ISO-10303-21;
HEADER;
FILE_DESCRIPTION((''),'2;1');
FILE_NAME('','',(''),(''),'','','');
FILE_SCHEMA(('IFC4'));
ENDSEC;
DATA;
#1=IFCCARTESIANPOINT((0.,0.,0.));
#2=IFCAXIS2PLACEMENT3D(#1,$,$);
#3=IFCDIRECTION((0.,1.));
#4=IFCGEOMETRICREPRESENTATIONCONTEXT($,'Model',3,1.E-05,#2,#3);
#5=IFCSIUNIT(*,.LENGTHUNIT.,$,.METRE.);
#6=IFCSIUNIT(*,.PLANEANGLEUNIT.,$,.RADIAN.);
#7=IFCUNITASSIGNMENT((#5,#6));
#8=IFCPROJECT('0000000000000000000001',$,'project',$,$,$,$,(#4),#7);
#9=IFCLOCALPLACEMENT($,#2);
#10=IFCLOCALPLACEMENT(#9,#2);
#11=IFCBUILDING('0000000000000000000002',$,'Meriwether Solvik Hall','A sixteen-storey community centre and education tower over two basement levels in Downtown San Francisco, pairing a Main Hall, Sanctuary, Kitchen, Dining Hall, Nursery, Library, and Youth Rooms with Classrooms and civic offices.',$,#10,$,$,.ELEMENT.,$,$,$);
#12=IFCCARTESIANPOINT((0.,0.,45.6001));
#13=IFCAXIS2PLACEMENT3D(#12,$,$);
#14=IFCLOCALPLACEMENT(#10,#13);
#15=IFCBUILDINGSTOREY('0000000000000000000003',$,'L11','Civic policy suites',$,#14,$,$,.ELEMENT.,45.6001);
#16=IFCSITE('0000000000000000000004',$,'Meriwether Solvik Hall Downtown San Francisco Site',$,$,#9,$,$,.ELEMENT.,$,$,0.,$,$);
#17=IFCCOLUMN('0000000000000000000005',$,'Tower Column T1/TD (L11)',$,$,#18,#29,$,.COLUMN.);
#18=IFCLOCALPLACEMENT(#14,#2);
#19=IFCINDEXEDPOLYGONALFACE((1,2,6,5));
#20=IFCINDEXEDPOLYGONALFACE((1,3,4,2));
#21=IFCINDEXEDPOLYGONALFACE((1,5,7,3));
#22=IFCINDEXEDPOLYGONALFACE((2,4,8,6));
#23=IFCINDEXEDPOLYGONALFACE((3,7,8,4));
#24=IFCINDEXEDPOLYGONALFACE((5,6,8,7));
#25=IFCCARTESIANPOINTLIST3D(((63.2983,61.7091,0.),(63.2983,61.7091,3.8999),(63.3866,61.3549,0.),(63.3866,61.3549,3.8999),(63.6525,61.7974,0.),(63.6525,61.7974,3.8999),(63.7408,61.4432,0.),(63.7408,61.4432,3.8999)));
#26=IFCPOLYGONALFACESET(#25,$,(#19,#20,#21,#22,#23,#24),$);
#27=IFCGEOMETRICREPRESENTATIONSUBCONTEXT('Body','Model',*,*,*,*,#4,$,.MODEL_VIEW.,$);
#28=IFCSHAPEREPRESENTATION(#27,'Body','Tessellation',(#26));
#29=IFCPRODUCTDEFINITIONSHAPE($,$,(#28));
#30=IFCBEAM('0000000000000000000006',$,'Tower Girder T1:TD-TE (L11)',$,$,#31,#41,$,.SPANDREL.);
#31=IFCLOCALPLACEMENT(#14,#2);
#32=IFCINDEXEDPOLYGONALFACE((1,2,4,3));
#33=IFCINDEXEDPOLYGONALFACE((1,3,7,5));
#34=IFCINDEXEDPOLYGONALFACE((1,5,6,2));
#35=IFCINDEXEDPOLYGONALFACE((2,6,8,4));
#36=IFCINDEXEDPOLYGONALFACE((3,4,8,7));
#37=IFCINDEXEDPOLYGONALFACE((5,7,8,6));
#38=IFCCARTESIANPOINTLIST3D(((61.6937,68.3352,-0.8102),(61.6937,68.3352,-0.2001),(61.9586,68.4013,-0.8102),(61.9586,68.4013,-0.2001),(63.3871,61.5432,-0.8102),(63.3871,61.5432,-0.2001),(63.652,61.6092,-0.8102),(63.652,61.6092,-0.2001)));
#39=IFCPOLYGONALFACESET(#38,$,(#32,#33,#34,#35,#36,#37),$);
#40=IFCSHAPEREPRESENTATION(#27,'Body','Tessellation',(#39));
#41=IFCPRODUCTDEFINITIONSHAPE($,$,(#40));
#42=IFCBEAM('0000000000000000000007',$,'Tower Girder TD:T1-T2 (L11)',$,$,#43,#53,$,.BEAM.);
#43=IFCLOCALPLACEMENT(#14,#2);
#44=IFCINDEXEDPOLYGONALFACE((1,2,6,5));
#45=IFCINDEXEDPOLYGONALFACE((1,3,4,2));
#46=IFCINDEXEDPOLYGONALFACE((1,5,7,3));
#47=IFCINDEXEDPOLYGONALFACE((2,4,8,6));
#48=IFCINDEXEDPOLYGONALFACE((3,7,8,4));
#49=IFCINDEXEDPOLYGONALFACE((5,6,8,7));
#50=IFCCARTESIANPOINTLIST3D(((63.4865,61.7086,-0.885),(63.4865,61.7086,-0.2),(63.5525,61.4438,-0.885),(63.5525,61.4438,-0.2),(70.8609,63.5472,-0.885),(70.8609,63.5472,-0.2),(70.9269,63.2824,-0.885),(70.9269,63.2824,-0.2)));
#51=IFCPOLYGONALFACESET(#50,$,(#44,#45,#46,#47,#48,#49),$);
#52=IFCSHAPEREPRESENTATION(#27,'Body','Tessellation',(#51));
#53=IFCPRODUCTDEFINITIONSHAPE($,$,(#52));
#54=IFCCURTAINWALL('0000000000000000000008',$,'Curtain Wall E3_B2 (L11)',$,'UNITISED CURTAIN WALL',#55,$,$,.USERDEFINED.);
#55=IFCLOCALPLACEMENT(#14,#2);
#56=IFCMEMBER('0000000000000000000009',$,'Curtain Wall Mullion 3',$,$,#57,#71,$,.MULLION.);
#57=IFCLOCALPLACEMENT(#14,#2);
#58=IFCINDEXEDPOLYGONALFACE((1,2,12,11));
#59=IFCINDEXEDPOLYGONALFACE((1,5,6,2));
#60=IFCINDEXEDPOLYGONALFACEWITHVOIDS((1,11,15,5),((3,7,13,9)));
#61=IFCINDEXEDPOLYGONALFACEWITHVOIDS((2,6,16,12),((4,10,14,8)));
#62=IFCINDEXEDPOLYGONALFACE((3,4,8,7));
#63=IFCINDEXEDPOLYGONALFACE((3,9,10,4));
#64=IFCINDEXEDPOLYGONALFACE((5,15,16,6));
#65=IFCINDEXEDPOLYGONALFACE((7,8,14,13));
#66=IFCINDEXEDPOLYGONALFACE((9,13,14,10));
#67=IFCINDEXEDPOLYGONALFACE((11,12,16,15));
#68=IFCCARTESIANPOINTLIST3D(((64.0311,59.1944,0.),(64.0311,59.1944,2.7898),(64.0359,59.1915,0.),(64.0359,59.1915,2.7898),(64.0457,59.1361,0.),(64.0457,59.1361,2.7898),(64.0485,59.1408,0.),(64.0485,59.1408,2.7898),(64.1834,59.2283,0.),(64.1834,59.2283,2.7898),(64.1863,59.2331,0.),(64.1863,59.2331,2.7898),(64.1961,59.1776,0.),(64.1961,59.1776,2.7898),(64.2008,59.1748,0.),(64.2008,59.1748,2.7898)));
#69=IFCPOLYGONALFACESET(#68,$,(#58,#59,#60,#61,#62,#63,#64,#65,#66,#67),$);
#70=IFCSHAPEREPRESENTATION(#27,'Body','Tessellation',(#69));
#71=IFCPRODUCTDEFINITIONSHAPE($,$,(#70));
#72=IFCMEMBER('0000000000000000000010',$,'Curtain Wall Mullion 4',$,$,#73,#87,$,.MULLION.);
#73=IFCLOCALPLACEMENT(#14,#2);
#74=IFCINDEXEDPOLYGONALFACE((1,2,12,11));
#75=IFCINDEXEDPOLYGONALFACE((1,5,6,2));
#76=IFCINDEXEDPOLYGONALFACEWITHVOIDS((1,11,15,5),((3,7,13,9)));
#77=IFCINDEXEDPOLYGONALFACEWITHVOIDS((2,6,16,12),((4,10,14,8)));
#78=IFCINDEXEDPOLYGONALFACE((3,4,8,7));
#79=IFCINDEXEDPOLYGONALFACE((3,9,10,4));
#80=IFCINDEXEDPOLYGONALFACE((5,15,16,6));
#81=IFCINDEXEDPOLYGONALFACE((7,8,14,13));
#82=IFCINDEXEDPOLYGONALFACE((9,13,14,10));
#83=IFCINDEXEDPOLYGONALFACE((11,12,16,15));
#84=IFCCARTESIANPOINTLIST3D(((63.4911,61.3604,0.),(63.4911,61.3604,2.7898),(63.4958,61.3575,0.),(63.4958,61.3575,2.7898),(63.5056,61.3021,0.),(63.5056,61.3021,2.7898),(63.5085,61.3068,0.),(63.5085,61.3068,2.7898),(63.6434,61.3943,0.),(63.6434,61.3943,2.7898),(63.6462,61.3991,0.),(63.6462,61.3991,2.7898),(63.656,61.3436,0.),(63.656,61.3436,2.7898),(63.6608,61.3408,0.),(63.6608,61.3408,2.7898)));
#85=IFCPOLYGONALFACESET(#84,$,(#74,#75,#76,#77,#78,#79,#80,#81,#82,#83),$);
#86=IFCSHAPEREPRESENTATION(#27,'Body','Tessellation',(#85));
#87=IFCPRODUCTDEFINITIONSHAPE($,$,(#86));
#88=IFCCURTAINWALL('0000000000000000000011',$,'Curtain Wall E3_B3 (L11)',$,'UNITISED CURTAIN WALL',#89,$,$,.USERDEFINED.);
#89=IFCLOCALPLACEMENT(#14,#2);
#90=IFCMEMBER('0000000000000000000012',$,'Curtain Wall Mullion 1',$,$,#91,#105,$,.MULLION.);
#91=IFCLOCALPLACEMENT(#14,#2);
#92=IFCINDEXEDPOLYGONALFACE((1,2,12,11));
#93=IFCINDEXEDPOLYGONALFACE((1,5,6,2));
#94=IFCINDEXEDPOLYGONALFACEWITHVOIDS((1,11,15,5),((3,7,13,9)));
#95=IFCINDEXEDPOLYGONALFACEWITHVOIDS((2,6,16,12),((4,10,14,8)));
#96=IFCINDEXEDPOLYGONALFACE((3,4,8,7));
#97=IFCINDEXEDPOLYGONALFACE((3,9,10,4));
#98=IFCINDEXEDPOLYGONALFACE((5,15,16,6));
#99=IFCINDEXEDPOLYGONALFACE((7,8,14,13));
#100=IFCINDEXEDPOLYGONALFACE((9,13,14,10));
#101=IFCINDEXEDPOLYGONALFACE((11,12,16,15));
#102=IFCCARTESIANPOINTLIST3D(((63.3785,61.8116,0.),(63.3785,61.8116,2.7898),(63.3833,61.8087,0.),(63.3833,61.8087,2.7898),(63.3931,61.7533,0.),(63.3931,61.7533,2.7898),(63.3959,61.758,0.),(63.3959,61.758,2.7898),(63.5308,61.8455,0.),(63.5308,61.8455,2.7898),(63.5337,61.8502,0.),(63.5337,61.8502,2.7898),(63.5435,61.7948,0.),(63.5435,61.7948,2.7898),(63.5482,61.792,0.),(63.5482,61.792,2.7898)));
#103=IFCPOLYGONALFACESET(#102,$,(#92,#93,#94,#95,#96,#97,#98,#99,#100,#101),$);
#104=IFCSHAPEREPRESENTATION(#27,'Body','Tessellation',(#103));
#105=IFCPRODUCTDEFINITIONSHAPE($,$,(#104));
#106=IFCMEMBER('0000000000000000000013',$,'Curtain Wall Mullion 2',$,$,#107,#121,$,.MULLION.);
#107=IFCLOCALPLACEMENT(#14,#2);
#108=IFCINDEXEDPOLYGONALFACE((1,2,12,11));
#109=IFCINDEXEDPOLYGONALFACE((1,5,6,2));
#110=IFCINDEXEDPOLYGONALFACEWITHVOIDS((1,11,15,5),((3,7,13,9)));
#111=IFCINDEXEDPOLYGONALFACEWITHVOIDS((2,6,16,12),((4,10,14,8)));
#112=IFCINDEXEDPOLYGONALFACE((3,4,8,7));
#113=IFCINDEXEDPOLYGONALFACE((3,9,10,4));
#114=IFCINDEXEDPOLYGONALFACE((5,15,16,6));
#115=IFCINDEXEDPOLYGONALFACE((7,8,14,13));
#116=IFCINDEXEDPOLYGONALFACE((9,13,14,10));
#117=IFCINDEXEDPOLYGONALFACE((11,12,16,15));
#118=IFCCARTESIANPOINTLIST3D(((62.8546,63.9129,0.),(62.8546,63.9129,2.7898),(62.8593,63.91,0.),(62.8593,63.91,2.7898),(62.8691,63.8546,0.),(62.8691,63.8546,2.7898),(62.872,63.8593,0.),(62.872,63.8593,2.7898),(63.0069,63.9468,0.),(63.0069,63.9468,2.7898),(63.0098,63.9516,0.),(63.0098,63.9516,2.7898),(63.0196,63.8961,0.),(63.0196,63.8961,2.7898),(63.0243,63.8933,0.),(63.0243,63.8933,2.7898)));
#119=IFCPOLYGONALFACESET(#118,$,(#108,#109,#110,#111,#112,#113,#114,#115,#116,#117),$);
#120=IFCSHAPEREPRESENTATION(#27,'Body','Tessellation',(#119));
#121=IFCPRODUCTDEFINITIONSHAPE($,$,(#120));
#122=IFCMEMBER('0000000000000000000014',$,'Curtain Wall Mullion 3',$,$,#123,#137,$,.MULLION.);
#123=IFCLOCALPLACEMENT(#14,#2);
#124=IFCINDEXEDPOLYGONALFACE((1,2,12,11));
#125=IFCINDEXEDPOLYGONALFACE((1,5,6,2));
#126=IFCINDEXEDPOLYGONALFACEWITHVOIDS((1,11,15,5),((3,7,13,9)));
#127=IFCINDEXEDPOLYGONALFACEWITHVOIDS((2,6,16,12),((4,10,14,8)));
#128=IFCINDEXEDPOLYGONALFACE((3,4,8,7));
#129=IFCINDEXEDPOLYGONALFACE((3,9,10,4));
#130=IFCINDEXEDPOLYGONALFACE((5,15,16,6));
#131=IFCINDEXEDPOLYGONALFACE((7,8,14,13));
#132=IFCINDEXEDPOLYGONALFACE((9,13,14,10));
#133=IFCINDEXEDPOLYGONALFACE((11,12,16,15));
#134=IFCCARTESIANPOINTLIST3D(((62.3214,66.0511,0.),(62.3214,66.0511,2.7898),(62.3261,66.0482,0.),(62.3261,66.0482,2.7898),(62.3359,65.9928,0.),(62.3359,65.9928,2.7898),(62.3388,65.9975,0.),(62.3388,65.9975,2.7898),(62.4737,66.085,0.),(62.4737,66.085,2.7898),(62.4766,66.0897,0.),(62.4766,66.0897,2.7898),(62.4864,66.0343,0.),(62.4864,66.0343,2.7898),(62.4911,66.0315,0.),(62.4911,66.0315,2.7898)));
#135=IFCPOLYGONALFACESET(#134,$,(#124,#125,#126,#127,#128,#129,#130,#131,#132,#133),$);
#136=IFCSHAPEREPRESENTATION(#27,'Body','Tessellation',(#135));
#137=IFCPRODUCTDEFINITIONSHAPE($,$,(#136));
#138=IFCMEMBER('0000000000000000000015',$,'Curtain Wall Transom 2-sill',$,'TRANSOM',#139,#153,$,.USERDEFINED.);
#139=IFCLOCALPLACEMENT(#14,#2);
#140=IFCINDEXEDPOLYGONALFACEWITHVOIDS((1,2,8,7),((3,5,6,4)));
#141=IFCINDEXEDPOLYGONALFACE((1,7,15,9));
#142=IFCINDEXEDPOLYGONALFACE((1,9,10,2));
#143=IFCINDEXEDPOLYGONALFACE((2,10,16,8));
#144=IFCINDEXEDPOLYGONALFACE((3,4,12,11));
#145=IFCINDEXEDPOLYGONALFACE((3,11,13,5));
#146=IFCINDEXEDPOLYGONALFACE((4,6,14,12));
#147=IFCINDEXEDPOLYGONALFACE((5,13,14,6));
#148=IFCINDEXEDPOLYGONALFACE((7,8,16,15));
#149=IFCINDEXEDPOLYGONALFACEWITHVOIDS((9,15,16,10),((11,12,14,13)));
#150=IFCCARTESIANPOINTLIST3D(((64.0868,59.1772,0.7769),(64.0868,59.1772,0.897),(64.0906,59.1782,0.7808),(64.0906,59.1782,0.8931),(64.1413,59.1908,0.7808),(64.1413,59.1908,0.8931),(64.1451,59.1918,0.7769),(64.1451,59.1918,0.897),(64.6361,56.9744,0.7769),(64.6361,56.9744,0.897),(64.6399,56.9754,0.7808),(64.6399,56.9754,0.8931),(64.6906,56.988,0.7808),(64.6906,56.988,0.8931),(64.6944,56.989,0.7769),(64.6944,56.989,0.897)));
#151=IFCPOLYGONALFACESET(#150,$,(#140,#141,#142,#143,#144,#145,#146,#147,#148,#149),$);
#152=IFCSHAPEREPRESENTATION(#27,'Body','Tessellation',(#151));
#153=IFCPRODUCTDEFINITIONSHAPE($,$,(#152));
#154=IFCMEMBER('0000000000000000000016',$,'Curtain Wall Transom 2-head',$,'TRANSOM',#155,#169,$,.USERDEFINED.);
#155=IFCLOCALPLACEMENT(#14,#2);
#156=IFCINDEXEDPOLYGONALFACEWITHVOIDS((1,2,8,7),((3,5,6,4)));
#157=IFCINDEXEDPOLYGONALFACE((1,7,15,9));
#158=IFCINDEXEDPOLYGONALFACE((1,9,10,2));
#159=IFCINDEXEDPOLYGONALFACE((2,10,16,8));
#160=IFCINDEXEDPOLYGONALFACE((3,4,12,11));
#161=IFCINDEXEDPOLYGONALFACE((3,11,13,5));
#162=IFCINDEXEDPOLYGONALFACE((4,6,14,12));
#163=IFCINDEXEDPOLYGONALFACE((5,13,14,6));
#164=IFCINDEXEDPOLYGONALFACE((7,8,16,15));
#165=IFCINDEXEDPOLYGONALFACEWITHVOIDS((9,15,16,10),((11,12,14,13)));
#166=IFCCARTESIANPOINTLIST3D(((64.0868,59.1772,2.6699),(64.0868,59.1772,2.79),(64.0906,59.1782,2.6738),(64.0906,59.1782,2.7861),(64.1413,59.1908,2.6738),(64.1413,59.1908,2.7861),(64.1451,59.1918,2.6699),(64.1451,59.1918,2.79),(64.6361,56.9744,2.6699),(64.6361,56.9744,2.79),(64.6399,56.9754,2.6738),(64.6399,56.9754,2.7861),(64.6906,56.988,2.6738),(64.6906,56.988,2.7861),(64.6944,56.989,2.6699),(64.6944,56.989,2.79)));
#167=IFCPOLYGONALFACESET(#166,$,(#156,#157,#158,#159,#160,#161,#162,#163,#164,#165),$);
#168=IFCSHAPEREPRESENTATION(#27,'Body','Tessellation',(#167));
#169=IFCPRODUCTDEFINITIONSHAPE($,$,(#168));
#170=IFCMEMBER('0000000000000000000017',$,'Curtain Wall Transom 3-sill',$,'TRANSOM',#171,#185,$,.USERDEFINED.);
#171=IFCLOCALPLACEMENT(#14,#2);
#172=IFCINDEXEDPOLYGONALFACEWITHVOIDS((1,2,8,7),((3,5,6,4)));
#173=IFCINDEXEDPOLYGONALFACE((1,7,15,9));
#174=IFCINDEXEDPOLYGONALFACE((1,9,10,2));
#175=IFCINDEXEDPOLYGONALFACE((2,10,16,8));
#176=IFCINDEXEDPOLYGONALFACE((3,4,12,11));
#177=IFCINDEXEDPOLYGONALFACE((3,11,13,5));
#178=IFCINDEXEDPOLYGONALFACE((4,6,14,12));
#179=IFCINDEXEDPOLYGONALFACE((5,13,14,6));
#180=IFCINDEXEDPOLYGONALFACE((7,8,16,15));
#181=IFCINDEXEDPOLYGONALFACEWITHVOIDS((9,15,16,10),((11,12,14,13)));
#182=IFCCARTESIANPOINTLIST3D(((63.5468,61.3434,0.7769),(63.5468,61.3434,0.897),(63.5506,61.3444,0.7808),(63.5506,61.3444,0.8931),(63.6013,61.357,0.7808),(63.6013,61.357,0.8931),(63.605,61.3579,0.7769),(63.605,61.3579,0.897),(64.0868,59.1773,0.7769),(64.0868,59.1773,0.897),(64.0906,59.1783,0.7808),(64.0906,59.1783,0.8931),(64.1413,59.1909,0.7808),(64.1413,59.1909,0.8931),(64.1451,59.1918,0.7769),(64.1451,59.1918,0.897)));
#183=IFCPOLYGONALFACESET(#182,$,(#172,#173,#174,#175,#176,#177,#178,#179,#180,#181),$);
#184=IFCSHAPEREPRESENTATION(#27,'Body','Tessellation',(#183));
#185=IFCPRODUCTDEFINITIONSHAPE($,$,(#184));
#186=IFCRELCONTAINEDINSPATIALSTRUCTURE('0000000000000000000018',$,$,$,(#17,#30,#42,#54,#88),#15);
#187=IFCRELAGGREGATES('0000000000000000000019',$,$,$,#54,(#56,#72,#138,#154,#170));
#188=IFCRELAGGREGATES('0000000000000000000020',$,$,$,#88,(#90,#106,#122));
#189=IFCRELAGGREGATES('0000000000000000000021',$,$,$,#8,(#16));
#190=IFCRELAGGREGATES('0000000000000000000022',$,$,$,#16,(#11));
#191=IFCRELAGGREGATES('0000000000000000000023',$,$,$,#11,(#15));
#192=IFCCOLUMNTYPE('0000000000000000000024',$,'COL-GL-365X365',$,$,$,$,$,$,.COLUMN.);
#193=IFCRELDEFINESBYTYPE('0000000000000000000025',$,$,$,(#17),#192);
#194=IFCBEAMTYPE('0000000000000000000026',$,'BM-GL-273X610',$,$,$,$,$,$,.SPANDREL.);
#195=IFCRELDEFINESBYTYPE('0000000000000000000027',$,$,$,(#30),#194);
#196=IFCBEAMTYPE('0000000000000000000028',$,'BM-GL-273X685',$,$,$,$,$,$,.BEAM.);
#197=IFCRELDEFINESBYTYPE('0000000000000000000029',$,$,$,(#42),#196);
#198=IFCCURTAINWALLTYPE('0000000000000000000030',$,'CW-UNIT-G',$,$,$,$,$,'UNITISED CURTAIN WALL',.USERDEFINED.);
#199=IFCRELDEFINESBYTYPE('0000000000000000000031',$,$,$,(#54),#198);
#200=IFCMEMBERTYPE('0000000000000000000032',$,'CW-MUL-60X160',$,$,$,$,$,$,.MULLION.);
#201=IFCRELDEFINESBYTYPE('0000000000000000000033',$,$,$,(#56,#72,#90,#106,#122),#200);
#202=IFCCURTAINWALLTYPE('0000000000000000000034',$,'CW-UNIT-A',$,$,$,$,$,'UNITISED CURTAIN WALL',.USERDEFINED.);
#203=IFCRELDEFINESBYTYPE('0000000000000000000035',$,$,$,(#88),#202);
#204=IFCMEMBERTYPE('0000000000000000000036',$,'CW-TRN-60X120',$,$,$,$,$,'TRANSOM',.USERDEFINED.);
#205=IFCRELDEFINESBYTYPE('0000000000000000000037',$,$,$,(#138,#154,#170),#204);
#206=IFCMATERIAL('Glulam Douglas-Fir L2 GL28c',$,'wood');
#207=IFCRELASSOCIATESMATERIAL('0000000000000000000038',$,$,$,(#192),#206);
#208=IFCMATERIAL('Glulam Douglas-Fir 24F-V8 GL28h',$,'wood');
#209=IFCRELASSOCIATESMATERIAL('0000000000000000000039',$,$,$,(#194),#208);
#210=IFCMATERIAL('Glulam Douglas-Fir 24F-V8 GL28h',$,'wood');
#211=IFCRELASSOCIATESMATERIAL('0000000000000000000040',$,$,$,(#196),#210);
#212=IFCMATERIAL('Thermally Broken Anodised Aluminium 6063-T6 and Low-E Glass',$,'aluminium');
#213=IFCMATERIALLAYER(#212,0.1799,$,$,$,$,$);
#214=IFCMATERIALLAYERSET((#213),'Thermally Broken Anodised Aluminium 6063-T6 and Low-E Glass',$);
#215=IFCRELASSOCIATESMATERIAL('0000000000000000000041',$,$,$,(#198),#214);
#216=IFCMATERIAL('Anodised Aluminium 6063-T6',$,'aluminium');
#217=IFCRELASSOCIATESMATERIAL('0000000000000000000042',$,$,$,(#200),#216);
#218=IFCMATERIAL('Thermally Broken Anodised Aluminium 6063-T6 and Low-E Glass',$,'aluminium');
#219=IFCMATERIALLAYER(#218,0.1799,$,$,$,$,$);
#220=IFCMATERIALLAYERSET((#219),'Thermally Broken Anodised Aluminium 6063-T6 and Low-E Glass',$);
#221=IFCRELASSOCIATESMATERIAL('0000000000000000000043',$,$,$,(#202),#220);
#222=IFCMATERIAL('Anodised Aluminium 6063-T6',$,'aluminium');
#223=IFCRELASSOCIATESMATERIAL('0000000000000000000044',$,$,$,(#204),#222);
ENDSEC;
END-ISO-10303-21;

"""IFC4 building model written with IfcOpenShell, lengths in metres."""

from ifc_helpers import new_model, si_unit, direction, frame, origin, origin_2d, place, context, subcontext, project, spatial, rectangle, hollow_rectangle, extrude, material, layer, layer_set, material_profile, profile_set, type_object, element, aggregate, save


model = new_model("IFC4")

# Units and contexts
model_context = context("Model", 3, precision=1e-05, world=origin(), true_north=direction((0.0, 1.0)))
body_context = subcontext(model_context, "Body", "Model", "MODEL_VIEW")
ifc_project = project(units=[si_unit("LENGTHUNIT", "METRE"), si_unit("PLANEANGLEUNIT", "RADIAN")], contexts=[model_context])

# Site, building, storey
site_placement = place(None, origin())
site = spatial("IfcSite", under=ifc_project, at=site_placement, Name="Meriwether Solvik Hall Downtown San Francisco Site", CompositionType="ELEMENT", RefElevation=0.0)
building_placement = place(site_placement, origin())
building = spatial("IfcBuilding", under=site, at=building_placement, Name="Meriwether Solvik Hall", Description="A sixteen-storey community centre and education tower over two basement levels in Downtown San Francisco, pairing a Main Hall, Sanctuary, Kitchen, Dining Hall, Nursery, Library, and Youth Rooms with Classrooms and civic offices.", CompositionType="ELEMENT")
storey_placement = place(building_placement, frame((0.0, 0.0, 45.6001)))
storey = spatial("IfcBuildingStorey", under=building, at=storey_placement, Name="L11", Description="Civic policy suites", CompositionType="ELEMENT", Elevation=45.6001)

# Column
ifc_material_1 = material(Name="Glulam Douglas-Fir L2 GL28c", Category="wood")
ifc_material_profile_1 = material_profile(ifc_material_1, rectangle(XDim=0.365, YDim=0.365, at=origin_2d()), Name="GLC-365X365")
ifc_profile_set_1 = profile_set([ifc_material_profile_1], Name="Glulam Douglas-Fir L2 GL28c")
column_type = type_object("IfcColumnType", Name="COL-GL-365X365", PredefinedType="COLUMN", material=ifc_profile_set_1)
column_placement = place(storey_placement, frame((63.5195, 61.5762, 0.0), z_axis=(0.0, 0.0, 1.0), x_axis=(0.970296, 0.241922, 0.0)))
element("IfcColumn", 1, at=column_placement, inside=storey, type_object=column_type, Name="Tower Column T1/TD (L11)", PredefinedType="COLUMN", context=body_context, shape_type="SweptSolid", body=[
    extrude(rectangle(XDim=0.365, YDim=0.365, at=origin_2d()), origin(), (0.0, 0.0, 1.0), 3.8999),
])

# Beams
ifc_material_2 = material(Name="Glulam Douglas-Fir 24F-V8 GL28h", Category="wood")
ifc_material_profile_2 = material_profile(ifc_material_2, rectangle(XDim=0.2729, YDim=0.6101, at=origin_2d()), Name="GLB-273X610")
ifc_profile_set_2 = profile_set([ifc_material_profile_2], Name="Glulam Douglas-Fir 24F-V8 GL28h")
beam_type_1 = type_object("IfcBeamType", Name="BM-GL-273X610", PredefinedType="SPANDREL", material=ifc_profile_set_2)
beam_1_placement = place(storey_placement, frame((63.5195, 61.5762, -0.5051), z_axis=(-0.241912, 0.970298, 0.0), x_axis=(-0.970298, -0.241912, 0.0)))
element("IfcBeam", 2, at=beam_1_placement, inside=storey, type_object=beam_type_1, Name="Tower Girder T1:TD-TE (L11)", PredefinedType="SPANDREL", context=body_context, shape_type="SweptSolid", body=[
    extrude(rectangle(XDim=0.2729, YDim=0.6101, at=origin_2d()), origin(), (0.0, 0.0, 1.0), 7.0),
])
ifc_material_3 = material(Name="Glulam Douglas-Fir 24F-V8 GL28h", Category="wood")
ifc_material_profile_3 = material_profile(ifc_material_3, rectangle(XDim=0.2729, YDim=0.6851, at=origin_2d()), Name="GLB-273X685")
ifc_profile_set_3 = profile_set([ifc_material_profile_3], Name="Glulam Douglas-Fir 24F-V8 GL28h")
beam_type_2 = type_object("IfcBeamType", Name="BM-GL-273X685", PredefinedType="BEAM", material=ifc_profile_set_3)
beam_2_placement = place(storey_placement, frame((63.5195, 61.5762, -0.5425), z_axis=(0.970295, 0.241923, 0.0), x_axis=(-0.241923, 0.970295, 0.0)))
element("IfcBeam", 3, at=beam_2_placement, inside=storey, type_object=beam_type_2, Name="Tower Girder TD:T1-T2 (L11)", PredefinedType="BEAM", context=body_context, shape_type="SweptSolid", body=[
    extrude(rectangle(XDim=0.2729, YDim=0.6851, at=origin_2d()), origin(), (0.0, 0.0, 1.0), 7.6001),
])

# Curtain walls, members
ifc_material_4 = material(Name="Thermally Broken Anodised Aluminium 6063-T6 and Low-E Glass", Category="aluminium")
ifc_layer_1 = layer(ifc_material_4, 0.1799)
ifc_layer_set_1 = layer_set([ifc_layer_1], Name="Thermally Broken Anodised Aluminium 6063-T6 and Low-E Glass")
curtain_wall_type_1 = type_object("IfcCurtainWallType", Name="CW-UNIT-G", ElementType="UNITISED CURTAIN WALL", PredefinedType="USERDEFINED", material=ifc_layer_set_1)
curtain_wall_1_placement = place(storey_placement, origin())
curtain_wall_1 = element("IfcCurtainWall", 4, at=curtain_wall_1_placement, inside=storey, type_object=curtain_wall_type_1, Name="Curtain Wall E3_B2 (L11)", ObjectType="UNITISED CURTAIN WALL", PredefinedType="USERDEFINED")
ifc_material_5 = material(Name="Anodised Aluminium 6063-T6", Category="aluminium")
ifc_material_profile_4 = material_profile(ifc_material_5, hollow_rectangle(XDim=0.0601, YDim=0.1599, WallThickness=0.0039, at=origin_2d()), Name="CWM-60X160")
ifc_profile_set_4 = profile_set([ifc_material_profile_4], Name="Anodised Aluminium 6063-T6")
member_type_1 = type_object("IfcMemberType", Name="CW-MUL-60X160", PredefinedType="MULLION", material=ifc_profile_set_4)
member_1_placement = place(storey_placement, frame((64.116, 59.1846, 0.0), z_axis=(0.0, 0.0, 1.0), x_axis=(-0.241922, 0.970296, 0.0)))
member_1 = element("IfcMember", 5, at=member_1_placement, type_object=member_type_1, Name="Curtain Wall Mullion 3", PredefinedType="MULLION", context=body_context, shape_type="SweptSolid", body=[
    extrude(hollow_rectangle(XDim=0.0601, YDim=0.1599, WallThickness=0.0039, at=origin_2d()), origin(), (0.0, 0.0, 1.0), 2.7898),
])
member_2_placement = place(storey_placement, frame((63.5759, 61.3506, 0.0), z_axis=(0.0, 0.0, 1.0), x_axis=(-0.241922, 0.970296, 0.0)))
member_2 = element("IfcMember", 6, at=member_2_placement, type_object=member_type_1, Name="Curtain Wall Mullion 4", PredefinedType="MULLION", context=body_context, shape_type="SweptSolid", body=[
    extrude(hollow_rectangle(XDim=0.0601, YDim=0.1599, WallThickness=0.0039, at=origin_2d()), origin(), (0.0, 0.0, 1.0), 2.7898),
])
ifc_material_6 = material(Name="Thermally Broken Anodised Aluminium 6063-T6 and Low-E Glass", Category="aluminium")
ifc_layer_2 = layer(ifc_material_6, 0.1799)
ifc_layer_set_2 = layer_set([ifc_layer_2], Name="Thermally Broken Anodised Aluminium 6063-T6 and Low-E Glass")
curtain_wall_type_2 = type_object("IfcCurtainWallType", Name="CW-UNIT-A", ElementType="UNITISED CURTAIN WALL", PredefinedType="USERDEFINED", material=ifc_layer_set_2)
curtain_wall_2_placement = place(storey_placement, origin())
curtain_wall_2 = element("IfcCurtainWall", 7, at=curtain_wall_2_placement, inside=storey, type_object=curtain_wall_type_2, Name="Curtain Wall E3_B3 (L11)", ObjectType="UNITISED CURTAIN WALL", PredefinedType="USERDEFINED")
member_3_placement = place(storey_placement, frame((63.4634, 61.8018, 0.0), z_axis=(0.0, 0.0, 1.0), x_axis=(-0.241922, 0.970296, 0.0)))
member_3 = element("IfcMember", 8, at=member_3_placement, type_object=member_type_1, Name="Curtain Wall Mullion 1", PredefinedType="MULLION", context=body_context, shape_type="SweptSolid", body=[
    extrude(hollow_rectangle(XDim=0.0601, YDim=0.1599, WallThickness=0.0039, at=origin_2d()), origin(), (0.0, 0.0, 1.0), 2.7898),
])
member_4_placement = place(storey_placement, frame((62.9395, 63.9031, 0.0), z_axis=(0.0, 0.0, 1.0), x_axis=(-0.241922, 0.970296, 0.0)))
member_4 = element("IfcMember", 9, at=member_4_placement, type_object=member_type_1, Name="Curtain Wall Mullion 2", PredefinedType="MULLION", context=body_context, shape_type="SweptSolid", body=[
    extrude(hollow_rectangle(XDim=0.0601, YDim=0.1599, WallThickness=0.0039, at=origin_2d()), origin(), (0.0, 0.0, 1.0), 2.7898),
])
member_5_placement = place(storey_placement, frame((62.4062, 66.0413, 0.0), z_axis=(0.0, 0.0, 1.0), x_axis=(-0.241922, 0.970296, 0.0)))
member_5 = element("IfcMember", 10, at=member_5_placement, type_object=member_type_1, Name="Curtain Wall Mullion 3", PredefinedType="MULLION", context=body_context, shape_type="SweptSolid", body=[
    extrude(hollow_rectangle(XDim=0.0601, YDim=0.1599, WallThickness=0.0039, at=origin_2d()), origin(), (0.0, 0.0, 1.0), 2.7898),
])

# Members
ifc_material_7 = material(Name="Anodised Aluminium 6063-T6", Category="aluminium")
ifc_material_profile_5 = material_profile(ifc_material_7, hollow_rectangle(XDim=0.0601, YDim=0.1201, WallThickness=0.0039, at=origin_2d()), Name="CWT-60X120")
ifc_profile_set_5 = profile_set([ifc_material_profile_5], Name="Anodised Aluminium 6063-T6")
member_type_2 = type_object("IfcMemberType", Name="CW-TRN-60X120", ElementType="TRANSOM", PredefinedType="USERDEFINED", material=ifc_profile_set_5)
member_6_placement = place(storey_placement, frame((64.6653, 56.9817, 0.8369), z_axis=(-0.241954, 0.970288, 0.0), x_axis=(-0.970288, -0.241954, 0.0)))
member_6 = element("IfcMember", 11, at=member_6_placement, type_object=member_type_2, Name="Curtain Wall Transom 2-sill", ObjectType="TRANSOM", PredefinedType="USERDEFINED", context=body_context, shape_type="SweptSolid", body=[
    extrude(hollow_rectangle(XDim=0.0601, YDim=0.1201, WallThickness=0.0039, at=origin_2d()), origin(), (0.0, 0.0, 1.0), 2.2703),
])
member_7_placement = place(storey_placement, frame((64.6653, 56.9817, 2.73), z_axis=(-0.241954, 0.970288, 0.0), x_axis=(-0.970288, -0.241954, 0.0)))
member_7 = element("IfcMember", 12, at=member_7_placement, type_object=member_type_2, Name="Curtain Wall Transom 2-head", ObjectType="TRANSOM", PredefinedType="USERDEFINED", context=body_context, shape_type="SweptSolid", body=[
    extrude(hollow_rectangle(XDim=0.0601, YDim=0.1201, WallThickness=0.0039, at=origin_2d()), origin(), (0.0, 0.0, 1.0), 2.2703),
])
member_8_placement = place(storey_placement, frame((64.116, 59.1846, 0.8369), z_axis=(-0.241918, 0.970297, 0.0), x_axis=(-0.970297, -0.241918, 0.0)))
member_8 = element("IfcMember", 13, at=member_8_placement, type_object=member_type_2, Name="Curtain Wall Transom 3-sill", ObjectType="TRANSOM", PredefinedType="USERDEFINED", context=body_context, shape_type="SweptSolid", body=[
    extrude(hollow_rectangle(XDim=0.0601, YDim=0.1201, WallThickness=0.0039, at=origin_2d()), origin(), (0.0, 0.0, 1.0), 2.2324),
])

aggregate(curtain_wall_1, [member_1, member_2, member_6, member_7, member_8])
aggregate(curtain_wall_2, [member_3, member_4, member_5])

save(model, "model.ifc")
